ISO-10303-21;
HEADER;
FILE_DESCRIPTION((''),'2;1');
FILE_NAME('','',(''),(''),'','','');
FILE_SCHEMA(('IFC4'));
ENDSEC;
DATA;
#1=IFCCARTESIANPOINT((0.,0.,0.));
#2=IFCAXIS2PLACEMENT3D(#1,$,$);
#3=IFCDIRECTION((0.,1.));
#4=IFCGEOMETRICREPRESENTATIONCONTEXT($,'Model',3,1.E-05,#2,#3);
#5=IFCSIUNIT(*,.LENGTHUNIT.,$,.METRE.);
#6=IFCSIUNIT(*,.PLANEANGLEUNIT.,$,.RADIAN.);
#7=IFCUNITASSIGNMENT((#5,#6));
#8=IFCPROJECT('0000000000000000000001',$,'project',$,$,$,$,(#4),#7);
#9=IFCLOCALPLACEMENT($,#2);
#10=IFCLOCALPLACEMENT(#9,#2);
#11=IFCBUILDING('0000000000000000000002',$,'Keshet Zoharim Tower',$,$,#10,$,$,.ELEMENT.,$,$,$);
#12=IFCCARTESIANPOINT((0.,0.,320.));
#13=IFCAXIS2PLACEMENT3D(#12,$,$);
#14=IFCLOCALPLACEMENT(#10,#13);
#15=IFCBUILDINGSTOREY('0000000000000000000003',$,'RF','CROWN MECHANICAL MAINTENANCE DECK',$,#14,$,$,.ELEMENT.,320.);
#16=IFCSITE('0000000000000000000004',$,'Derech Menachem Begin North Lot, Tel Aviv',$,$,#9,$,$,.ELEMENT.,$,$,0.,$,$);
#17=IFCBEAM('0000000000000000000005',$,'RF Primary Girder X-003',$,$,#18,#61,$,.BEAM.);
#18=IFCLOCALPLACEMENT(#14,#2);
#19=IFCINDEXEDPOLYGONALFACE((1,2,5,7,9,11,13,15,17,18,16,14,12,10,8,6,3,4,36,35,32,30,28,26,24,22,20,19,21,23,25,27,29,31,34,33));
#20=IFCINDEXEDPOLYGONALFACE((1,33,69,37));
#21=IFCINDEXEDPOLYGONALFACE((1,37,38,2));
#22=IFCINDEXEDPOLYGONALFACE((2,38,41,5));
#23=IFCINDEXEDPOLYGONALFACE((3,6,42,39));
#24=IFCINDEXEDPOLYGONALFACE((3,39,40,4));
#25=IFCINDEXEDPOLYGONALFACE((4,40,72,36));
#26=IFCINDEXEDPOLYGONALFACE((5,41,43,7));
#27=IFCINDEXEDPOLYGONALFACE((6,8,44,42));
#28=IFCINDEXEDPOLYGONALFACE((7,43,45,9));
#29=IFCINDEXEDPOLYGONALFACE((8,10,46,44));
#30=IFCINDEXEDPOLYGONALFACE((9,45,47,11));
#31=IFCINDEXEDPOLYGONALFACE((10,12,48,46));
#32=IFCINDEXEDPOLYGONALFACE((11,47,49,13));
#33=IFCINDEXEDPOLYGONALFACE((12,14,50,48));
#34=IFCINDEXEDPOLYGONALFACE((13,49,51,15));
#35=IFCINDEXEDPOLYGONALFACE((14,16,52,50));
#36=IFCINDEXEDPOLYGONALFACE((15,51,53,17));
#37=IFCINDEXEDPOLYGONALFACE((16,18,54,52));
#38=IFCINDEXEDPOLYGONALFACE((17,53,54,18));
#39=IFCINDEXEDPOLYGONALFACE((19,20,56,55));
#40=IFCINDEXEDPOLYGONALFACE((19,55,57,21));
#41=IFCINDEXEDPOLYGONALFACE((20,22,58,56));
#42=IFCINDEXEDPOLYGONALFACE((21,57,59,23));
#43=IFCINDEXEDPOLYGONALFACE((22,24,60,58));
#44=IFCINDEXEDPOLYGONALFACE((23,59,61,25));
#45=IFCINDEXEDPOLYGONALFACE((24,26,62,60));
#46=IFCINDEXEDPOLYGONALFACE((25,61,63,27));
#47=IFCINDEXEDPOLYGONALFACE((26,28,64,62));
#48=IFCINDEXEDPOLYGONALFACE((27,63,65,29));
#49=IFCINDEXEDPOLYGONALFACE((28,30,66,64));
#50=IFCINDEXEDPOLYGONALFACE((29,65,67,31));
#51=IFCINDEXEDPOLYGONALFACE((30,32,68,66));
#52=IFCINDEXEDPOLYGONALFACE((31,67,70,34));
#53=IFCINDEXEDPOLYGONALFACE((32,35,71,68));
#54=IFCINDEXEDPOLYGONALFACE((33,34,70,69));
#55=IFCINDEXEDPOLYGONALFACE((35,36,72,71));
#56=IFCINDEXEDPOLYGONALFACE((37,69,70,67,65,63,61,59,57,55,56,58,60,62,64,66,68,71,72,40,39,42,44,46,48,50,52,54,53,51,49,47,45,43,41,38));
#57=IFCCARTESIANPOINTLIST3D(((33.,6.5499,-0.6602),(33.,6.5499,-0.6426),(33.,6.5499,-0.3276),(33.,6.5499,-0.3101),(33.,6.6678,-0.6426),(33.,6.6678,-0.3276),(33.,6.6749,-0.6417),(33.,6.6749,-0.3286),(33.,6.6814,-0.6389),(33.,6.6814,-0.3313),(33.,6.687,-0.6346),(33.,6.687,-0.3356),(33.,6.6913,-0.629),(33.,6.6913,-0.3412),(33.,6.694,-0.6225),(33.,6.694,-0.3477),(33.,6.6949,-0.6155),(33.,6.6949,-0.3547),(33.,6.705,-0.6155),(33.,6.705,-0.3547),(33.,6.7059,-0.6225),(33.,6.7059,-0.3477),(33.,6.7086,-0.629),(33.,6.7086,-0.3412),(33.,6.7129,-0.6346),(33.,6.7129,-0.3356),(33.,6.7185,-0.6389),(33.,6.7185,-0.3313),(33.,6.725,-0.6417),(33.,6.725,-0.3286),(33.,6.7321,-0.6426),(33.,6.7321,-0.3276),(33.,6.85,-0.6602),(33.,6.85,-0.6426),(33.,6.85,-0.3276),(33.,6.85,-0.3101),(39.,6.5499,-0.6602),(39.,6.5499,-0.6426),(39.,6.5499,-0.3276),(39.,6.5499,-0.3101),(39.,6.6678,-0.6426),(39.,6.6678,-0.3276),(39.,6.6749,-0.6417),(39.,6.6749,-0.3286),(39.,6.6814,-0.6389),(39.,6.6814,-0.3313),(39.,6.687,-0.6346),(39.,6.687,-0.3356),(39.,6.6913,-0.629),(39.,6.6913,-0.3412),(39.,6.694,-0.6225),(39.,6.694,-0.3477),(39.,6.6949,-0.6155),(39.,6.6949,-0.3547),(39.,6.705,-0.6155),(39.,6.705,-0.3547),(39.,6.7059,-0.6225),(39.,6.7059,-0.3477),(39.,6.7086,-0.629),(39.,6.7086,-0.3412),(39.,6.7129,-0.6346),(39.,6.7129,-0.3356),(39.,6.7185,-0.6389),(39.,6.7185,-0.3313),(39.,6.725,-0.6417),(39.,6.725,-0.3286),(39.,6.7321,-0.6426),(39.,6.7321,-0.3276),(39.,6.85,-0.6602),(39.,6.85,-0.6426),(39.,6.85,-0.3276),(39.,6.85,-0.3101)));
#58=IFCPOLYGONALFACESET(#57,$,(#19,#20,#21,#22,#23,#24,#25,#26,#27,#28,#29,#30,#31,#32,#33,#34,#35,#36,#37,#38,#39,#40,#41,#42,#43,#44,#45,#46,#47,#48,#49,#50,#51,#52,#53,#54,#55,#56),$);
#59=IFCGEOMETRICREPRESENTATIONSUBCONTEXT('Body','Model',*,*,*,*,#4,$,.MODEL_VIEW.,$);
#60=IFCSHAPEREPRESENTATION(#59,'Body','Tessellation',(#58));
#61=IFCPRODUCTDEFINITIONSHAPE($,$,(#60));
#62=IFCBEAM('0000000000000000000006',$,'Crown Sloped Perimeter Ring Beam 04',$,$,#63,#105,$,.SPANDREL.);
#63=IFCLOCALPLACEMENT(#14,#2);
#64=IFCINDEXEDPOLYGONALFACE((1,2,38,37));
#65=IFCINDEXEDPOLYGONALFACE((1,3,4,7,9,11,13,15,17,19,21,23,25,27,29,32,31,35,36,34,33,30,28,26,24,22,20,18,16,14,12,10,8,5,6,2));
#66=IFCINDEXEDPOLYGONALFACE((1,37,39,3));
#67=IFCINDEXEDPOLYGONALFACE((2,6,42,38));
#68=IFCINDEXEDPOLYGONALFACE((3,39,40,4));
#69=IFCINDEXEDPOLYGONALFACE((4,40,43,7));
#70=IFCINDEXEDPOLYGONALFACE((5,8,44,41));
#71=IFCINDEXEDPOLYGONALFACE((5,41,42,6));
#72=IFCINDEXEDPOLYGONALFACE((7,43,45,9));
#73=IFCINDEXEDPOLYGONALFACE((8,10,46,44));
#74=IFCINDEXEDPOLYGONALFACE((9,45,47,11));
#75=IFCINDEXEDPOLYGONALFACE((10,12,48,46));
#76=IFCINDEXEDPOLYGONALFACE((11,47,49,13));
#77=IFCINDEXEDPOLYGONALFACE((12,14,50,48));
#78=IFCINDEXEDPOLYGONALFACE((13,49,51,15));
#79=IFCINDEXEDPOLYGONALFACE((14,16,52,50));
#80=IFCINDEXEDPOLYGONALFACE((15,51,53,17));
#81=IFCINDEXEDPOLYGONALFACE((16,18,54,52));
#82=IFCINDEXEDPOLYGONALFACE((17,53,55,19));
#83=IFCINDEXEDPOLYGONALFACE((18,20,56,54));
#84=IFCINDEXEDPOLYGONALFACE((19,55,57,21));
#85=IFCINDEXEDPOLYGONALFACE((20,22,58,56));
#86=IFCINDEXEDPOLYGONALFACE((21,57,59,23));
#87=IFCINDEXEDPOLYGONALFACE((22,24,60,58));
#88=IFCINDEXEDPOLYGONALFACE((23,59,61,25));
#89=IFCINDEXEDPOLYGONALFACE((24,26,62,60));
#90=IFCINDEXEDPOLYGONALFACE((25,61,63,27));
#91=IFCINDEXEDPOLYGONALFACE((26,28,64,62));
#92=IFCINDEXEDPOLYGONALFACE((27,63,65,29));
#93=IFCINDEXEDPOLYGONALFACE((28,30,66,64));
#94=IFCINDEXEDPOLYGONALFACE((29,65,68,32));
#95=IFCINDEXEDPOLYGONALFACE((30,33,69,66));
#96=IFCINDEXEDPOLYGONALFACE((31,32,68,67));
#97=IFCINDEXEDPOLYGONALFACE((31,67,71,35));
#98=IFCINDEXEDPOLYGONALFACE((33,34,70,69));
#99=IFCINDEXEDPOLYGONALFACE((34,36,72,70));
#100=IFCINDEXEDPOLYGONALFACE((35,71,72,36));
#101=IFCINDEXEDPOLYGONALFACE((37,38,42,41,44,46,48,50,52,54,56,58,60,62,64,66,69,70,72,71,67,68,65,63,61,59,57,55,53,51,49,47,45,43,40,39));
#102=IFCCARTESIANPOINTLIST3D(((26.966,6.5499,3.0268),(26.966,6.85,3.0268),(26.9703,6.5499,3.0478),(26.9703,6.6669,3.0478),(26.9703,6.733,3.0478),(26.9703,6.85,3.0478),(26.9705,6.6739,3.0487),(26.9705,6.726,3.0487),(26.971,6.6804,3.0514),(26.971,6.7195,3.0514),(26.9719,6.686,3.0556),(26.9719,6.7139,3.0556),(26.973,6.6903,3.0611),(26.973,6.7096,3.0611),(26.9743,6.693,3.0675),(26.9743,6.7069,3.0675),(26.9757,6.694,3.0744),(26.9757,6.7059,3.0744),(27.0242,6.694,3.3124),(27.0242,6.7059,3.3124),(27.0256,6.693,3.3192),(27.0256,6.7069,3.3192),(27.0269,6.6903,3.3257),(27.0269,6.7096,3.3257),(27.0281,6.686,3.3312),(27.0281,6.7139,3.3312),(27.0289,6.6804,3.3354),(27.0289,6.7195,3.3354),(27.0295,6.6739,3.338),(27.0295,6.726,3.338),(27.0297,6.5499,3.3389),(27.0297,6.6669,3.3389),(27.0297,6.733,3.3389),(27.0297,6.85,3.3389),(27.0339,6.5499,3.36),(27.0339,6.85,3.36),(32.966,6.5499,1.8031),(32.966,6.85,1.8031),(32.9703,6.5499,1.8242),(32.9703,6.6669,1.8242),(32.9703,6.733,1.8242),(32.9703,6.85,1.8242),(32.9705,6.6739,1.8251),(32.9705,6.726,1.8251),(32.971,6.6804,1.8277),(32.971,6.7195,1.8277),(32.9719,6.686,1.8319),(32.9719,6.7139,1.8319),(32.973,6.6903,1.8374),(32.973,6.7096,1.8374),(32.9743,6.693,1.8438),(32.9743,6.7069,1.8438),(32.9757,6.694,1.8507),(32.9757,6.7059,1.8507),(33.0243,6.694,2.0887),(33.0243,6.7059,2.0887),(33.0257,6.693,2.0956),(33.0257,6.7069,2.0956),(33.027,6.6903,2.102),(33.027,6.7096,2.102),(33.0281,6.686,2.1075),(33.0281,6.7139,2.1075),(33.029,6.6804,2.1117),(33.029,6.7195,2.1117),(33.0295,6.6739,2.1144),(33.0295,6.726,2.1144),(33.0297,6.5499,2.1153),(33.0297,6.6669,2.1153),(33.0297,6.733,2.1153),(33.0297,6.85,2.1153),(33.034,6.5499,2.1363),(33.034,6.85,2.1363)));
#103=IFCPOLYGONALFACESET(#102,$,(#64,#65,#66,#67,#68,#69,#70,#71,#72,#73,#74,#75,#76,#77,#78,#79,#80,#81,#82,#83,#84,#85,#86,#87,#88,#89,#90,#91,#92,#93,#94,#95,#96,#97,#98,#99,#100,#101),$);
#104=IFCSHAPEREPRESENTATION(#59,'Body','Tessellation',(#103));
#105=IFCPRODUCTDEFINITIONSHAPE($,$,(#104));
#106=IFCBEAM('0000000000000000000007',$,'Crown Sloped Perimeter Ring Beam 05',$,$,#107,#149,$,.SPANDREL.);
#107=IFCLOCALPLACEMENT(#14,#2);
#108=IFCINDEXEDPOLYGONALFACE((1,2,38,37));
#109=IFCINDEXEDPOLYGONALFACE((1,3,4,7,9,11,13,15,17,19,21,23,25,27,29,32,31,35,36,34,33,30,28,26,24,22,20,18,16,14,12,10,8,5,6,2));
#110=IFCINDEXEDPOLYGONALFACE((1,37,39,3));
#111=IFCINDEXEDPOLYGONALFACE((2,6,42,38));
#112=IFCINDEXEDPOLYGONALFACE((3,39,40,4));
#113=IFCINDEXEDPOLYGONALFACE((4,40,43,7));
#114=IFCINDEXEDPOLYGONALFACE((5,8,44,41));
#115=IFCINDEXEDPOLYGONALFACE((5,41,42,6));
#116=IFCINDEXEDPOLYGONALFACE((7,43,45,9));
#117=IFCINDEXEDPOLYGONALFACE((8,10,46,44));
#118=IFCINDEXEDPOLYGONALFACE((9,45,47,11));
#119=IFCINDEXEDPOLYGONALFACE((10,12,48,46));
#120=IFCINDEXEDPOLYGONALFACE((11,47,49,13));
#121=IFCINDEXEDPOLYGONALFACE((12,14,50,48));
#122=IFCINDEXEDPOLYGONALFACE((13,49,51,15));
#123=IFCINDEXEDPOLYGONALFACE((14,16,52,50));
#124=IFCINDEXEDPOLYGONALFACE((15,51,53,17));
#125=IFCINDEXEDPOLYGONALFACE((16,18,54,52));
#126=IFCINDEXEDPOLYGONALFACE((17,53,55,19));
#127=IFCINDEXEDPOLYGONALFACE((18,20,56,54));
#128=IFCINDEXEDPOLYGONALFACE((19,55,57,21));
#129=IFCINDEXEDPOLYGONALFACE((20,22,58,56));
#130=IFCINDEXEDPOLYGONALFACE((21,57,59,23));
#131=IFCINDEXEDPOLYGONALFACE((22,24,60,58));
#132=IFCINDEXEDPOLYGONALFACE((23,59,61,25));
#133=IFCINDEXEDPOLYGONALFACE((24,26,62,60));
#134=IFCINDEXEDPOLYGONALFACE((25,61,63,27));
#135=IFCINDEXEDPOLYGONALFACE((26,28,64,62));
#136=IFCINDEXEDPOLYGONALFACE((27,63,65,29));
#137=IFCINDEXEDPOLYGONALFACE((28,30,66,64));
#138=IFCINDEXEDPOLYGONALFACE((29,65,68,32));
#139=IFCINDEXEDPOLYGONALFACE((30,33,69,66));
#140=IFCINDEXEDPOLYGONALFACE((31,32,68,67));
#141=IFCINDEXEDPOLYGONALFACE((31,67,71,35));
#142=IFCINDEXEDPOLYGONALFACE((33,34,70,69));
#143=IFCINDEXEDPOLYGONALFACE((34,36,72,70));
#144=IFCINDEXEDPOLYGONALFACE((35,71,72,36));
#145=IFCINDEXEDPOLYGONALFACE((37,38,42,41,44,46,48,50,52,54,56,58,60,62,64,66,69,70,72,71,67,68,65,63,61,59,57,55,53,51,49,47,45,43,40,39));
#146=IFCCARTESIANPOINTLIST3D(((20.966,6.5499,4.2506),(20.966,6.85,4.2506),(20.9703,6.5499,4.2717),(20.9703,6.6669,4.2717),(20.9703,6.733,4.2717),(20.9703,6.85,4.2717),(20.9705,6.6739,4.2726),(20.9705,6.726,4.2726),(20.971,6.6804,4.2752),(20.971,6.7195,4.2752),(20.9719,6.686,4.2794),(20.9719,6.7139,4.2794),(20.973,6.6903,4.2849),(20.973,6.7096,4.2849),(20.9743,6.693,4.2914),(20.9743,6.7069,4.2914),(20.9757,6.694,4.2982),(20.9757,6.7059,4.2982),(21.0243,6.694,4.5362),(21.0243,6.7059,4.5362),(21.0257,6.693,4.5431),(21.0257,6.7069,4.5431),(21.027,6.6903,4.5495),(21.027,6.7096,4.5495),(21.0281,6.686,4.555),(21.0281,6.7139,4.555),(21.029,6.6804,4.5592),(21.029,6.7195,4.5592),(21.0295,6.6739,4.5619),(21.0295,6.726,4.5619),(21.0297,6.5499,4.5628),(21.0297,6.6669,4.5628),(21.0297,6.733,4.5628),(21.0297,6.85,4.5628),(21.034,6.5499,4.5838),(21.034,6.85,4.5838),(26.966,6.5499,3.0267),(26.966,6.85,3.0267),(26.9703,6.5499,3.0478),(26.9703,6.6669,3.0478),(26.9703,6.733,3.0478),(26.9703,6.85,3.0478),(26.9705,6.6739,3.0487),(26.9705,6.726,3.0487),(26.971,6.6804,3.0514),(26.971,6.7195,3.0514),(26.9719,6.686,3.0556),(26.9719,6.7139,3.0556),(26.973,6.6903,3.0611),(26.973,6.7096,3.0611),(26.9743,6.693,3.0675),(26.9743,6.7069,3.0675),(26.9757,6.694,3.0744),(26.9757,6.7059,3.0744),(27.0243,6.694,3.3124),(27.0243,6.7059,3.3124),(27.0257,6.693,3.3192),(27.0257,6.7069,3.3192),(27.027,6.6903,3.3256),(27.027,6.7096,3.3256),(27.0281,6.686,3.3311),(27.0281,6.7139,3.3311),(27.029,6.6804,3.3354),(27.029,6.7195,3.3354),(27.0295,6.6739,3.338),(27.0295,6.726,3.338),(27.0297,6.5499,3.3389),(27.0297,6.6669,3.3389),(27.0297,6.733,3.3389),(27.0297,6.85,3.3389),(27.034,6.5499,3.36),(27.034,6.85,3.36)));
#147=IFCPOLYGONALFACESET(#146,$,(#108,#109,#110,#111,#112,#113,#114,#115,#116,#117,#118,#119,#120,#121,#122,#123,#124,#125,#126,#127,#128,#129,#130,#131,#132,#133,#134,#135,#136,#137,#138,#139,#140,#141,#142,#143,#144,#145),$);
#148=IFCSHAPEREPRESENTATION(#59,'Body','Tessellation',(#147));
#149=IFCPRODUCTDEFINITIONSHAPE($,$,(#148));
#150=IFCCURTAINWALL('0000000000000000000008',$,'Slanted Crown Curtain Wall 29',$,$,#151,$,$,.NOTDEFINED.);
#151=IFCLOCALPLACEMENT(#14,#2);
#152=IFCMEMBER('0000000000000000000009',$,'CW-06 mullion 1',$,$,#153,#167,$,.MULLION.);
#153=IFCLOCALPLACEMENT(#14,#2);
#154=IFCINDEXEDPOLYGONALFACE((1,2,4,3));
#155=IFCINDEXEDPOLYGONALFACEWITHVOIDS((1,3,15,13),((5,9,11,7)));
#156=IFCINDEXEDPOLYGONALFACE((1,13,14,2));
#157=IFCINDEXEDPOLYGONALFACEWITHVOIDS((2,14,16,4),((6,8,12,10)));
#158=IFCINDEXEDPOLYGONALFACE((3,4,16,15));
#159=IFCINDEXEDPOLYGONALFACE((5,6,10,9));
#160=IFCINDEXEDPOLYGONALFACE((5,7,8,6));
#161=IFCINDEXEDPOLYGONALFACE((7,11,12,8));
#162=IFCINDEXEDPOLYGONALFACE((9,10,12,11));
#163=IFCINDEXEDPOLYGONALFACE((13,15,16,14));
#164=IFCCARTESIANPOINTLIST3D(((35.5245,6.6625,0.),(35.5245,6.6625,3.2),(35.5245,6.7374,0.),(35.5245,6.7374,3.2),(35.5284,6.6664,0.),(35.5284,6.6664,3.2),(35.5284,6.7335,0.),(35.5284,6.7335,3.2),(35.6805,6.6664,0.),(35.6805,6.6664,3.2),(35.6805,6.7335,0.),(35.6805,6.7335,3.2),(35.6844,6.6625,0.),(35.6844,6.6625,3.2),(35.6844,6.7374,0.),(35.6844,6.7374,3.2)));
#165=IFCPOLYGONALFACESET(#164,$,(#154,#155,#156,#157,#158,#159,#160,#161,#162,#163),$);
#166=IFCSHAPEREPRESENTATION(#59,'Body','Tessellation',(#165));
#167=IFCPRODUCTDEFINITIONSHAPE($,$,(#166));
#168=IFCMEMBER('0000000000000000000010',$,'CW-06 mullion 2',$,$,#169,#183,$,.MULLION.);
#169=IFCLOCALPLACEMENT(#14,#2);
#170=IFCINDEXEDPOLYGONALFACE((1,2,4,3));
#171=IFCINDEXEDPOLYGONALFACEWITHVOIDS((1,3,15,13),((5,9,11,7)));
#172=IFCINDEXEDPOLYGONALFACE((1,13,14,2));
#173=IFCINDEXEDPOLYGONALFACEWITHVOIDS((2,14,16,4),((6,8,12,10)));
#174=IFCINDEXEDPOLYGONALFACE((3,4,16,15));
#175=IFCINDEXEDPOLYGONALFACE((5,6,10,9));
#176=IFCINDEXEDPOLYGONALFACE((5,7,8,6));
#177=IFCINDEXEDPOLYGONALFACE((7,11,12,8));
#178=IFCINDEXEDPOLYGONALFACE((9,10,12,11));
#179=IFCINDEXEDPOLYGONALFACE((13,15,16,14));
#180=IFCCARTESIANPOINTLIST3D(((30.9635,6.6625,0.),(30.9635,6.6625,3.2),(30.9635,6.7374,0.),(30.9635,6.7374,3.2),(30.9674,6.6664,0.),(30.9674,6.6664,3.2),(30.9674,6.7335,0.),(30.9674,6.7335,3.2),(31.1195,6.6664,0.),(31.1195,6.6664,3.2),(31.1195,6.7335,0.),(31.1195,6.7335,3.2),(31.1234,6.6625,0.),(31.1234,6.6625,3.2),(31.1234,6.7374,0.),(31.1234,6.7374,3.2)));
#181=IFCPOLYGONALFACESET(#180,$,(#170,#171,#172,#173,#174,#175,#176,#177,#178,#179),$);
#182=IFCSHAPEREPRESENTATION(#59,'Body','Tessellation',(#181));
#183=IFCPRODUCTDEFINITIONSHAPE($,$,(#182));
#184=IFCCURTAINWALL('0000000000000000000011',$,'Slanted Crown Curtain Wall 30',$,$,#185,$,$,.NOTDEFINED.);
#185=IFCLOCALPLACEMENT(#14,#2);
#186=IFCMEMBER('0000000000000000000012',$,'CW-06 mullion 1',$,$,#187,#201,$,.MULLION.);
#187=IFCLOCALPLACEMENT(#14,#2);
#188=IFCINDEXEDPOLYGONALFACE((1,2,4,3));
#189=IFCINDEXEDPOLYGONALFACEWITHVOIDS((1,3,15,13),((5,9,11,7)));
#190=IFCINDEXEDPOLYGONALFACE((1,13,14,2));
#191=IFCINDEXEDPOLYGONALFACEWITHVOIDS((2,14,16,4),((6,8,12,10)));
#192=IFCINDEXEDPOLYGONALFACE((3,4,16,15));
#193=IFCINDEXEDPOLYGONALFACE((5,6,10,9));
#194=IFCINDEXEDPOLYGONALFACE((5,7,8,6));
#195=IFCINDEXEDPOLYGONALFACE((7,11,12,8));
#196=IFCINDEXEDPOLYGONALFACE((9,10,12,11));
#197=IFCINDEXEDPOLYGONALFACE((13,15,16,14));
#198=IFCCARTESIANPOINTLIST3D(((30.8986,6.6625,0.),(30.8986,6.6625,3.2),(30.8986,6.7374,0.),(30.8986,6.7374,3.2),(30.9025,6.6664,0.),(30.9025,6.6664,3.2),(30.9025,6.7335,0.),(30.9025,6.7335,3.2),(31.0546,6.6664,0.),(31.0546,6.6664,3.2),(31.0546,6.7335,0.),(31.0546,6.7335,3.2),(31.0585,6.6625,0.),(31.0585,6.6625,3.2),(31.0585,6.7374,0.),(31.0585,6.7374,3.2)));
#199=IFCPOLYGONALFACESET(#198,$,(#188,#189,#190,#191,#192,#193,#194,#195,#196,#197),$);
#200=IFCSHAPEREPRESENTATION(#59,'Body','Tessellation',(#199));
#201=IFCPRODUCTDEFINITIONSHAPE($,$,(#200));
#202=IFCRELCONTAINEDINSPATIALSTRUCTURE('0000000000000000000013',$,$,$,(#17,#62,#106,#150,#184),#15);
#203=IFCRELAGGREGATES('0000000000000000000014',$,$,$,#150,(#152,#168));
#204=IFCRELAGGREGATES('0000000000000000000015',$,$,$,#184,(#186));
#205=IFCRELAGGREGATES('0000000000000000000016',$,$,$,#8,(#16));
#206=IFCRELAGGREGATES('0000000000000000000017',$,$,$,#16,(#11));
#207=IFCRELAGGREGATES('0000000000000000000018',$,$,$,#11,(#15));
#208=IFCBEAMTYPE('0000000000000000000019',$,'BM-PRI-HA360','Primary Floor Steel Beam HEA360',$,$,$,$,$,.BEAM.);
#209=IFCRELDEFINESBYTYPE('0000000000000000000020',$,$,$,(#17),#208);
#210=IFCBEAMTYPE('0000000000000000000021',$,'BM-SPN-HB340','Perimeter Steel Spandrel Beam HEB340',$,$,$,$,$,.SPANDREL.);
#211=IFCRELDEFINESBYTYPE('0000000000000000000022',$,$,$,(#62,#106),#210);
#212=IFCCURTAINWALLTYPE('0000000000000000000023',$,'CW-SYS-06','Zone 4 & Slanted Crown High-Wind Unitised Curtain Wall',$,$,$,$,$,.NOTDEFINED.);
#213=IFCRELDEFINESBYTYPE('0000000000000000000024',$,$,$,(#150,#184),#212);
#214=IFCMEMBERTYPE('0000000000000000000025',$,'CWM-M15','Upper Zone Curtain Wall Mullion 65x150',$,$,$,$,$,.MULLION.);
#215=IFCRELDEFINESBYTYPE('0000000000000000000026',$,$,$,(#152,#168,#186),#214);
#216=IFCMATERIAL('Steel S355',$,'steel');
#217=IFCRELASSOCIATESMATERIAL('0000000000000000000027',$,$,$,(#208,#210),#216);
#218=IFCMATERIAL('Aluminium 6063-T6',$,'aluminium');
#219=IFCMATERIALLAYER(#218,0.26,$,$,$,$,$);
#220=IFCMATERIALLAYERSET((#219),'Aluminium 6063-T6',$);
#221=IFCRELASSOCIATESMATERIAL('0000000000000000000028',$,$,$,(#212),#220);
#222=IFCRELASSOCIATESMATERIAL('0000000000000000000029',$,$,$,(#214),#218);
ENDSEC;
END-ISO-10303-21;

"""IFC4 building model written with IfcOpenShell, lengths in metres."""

from ifc_helpers import new_model, si_unit, direction, frame, origin, origin_2d, place, context, subcontext, project, spatial, hollow_rectangle, i_section, extrude, material, layer, layer_set, material_profile, profile_set, type_object, element, aggregate, save


model = new_model("IFC4")

# Units and contexts
model_context = context("Model", 3, precision=1e-05, world=origin(), true_north=direction((0.0, 1.0)))
body_context = subcontext(model_context, "Body", "Model", "MODEL_VIEW")
ifc_project = project(units=[si_unit("LENGTHUNIT", "METRE"), si_unit("PLANEANGLEUNIT", "RADIAN")], contexts=[model_context])

# Site, building, storey
site_placement = place(None, origin())
site = spatial("IfcSite", under=ifc_project, at=site_placement, Name="Derech Menachem Begin North Lot, Tel Aviv", CompositionType="ELEMENT", RefElevation=0.0)
building_placement = place(site_placement, origin())
building = spatial("IfcBuilding", under=site, at=building_placement, Name="Keshet Zoharim Tower", CompositionType="ELEMENT")
storey_placement = place(building_placement, frame((0.0, 0.0, 320.0)))
storey = spatial("IfcBuildingStorey", under=building, at=storey_placement, Name="RF", Description="CROWN MECHANICAL MAINTENANCE DECK", CompositionType="ELEMENT", Elevation=320.0)

# Shared definitions
ifc_material_1 = material(Name="Steel S355", Category="steel")

# Beams
ifc_material_profile_1 = material_profile(ifc_material_1, i_section(OverallWidth=0.3, OverallDepth=0.3501, WebThickness=0.01, FlangeThickness=0.0176, FilletRadius=0.0271, at=origin_2d()), Name="HEA360")
ifc_profile_set_1 = profile_set([ifc_material_profile_1], Name="Steel S355")
beam_type_1 = type_object("IfcBeamType", Name="BM-PRI-HA360", Description="Primary Floor Steel Beam HEA360", PredefinedType="BEAM", material=ifc_profile_set_1)
for number, where, z_axis, x_axis, name in (
    (1, (33.0, 6.7, -0.4851), (1.0, 0.0, 0.0), (0.0, 1.0, 0.0), "RF Primary Girder X-003"),
):
    element("IfcBeam", number, at=place(storey_placement, frame(where, z_axis=z_axis, x_axis=x_axis)), inside=storey, type_object=beam_type_1, Name=name, PredefinedType="BEAM", context=body_context, shape_type="SweptSolid", body=[
        extrude(i_section(OverallWidth=0.3, OverallDepth=0.3501, WebThickness=0.01, FlangeThickness=0.0176, FilletRadius=0.0271, at=origin_2d()), origin(), (0.0, 0.0, 1.0), 6.0),
    ])
ifc_material_profile_2 = material_profile(ifc_material_1, i_section(OverallWidth=0.3, OverallDepth=0.3401, WebThickness=0.012, FlangeThickness=0.0215, FilletRadius=0.0271, at=origin_2d()), Name="HEB340")
ifc_profile_set_2 = profile_set([ifc_material_profile_2], Name="Steel S355")
beam_type_2 = type_object("IfcBeamType", Name="BM-SPN-HB340", Description="Perimeter Steel Spandrel Beam HEB340", PredefinedType="SPANDREL", material=ifc_profile_set_2)
for number, where, z_axis, x_axis, name in (
    (2, (33.0, 6.7, 1.9697), (-0.979831, 0.0, 0.199826), (0.0, -1.0, 0.0), "Crown Sloped Perimeter Ring Beam 04"),
    (3, (27.0, 6.7, 3.1934), (-0.979824, 0.0, 0.199864), (0.0, -1.0, 0.0), "Crown Sloped Perimeter Ring Beam 05"),
):
    element("IfcBeam", number, at=place(storey_placement, frame(where, z_axis=z_axis, x_axis=x_axis)), inside=storey, type_object=beam_type_2, Name=name, PredefinedType="SPANDREL", context=body_context, shape_type="SweptSolid", body=[
        extrude(i_section(OverallWidth=0.3, OverallDepth=0.3401, WebThickness=0.012, FlangeThickness=0.0215, FilletRadius=0.0271, at=origin_2d()), origin(), (0.0, 0.0, 1.0), 6.1235),
    ])

# Curtain walls, members
ifc_material_2 = material(Name="Aluminium 6063-T6", Category="aluminium")
ifc_layer_1 = layer(ifc_material_2, 0.26)
ifc_layer_set_1 = layer_set([ifc_layer_1], Name="Aluminium 6063-T6")
curtain_wall_type = type_object("IfcCurtainWallType", Name="CW-SYS-06", Description="Zone 4 & Slanted Crown High-Wind Unitised Curtain Wall", PredefinedType="NOTDEFINED", material=ifc_layer_set_1)
curtain_wall_1_placement = place(storey_placement, origin())
curtain_wall_1 = element("IfcCurtainWall", 4, at=curtain_wall_1_placement, inside=storey, type_object=curtain_wall_type, Name="Slanted Crown Curtain Wall 29", PredefinedType="NOTDEFINED")
ifc_material_profile_3 = material_profile(ifc_material_2, hollow_rectangle(XDim=0.075, YDim=0.1599, WallThickness=0.0039, at=origin_2d()), Name="MUL-75x160")
ifc_profile_set_3 = profile_set([ifc_material_profile_3], Name="Aluminium 6063-T6")
member_type_1 = type_object("IfcMemberType", Name="CWM-M15", Description="Upper Zone Curtain Wall Mullion 65x150", PredefinedType="MULLION", material=ifc_profile_set_3)
member_1_placement = place(storey_placement, frame((35.6045, 6.7, 0.0), z_axis=(0.0, 0.0, 1.0), x_axis=(0.0, -1.0, 0.0)))
member_1 = element("IfcMember", 5, at=member_1_placement, type_object=member_type_1, Name="CW-06 mullion 1", PredefinedType="MULLION", context=body_context, shape_type="SweptSolid", body=[
    extrude(hollow_rectangle(XDim=0.075, YDim=0.1599, WallThickness=0.0039, at=origin_2d()), origin(), (0.0, 0.0, 1.0), 3.2),
])
member_2_placement = place(storey_placement, frame((31.0435, 6.7, 0.0), z_axis=(0.0, 0.0, 1.0), x_axis=(0.0, -1.0, 0.0)))
member_2 = element("IfcMember", 6, at=member_2_placement, type_object=member_type_1, Name="CW-06 mullion 2", PredefinedType="MULLION", context=body_context, shape_type="SweptSolid", body=[
    extrude(hollow_rectangle(XDim=0.075, YDim=0.1599, WallThickness=0.0039, at=origin_2d()), origin(), (0.0, 0.0, 1.0), 3.2),
])
curtain_wall_2_placement = place(storey_placement, origin())
curtain_wall_2 = element("IfcCurtainWall", 7, at=curtain_wall_2_placement, inside=storey, type_object=curtain_wall_type, Name="Slanted Crown Curtain Wall 30", PredefinedType="NOTDEFINED")
member_3_placement = place(storey_placement, frame((30.9785, 6.7, 0.0), z_axis=(0.0, 0.0, 1.0), x_axis=(0.0, -1.0, 0.0)))
member_3 = element("IfcMember", 8, at=member_3_placement, type_object=member_type_1, Name="CW-06 mullion 1", PredefinedType="MULLION", context=body_context, shape_type="SweptSolid", body=[
    extrude(hollow_rectangle(XDim=0.075, YDim=0.1599, WallThickness=0.0039, at=origin_2d()), origin(), (0.0, 0.0, 1.0), 3.2),
])

aggregate(curtain_wall_1, [member_1, member_2])
aggregate(curtain_wall_2, [member_3])

save(model, "model.ifc")
